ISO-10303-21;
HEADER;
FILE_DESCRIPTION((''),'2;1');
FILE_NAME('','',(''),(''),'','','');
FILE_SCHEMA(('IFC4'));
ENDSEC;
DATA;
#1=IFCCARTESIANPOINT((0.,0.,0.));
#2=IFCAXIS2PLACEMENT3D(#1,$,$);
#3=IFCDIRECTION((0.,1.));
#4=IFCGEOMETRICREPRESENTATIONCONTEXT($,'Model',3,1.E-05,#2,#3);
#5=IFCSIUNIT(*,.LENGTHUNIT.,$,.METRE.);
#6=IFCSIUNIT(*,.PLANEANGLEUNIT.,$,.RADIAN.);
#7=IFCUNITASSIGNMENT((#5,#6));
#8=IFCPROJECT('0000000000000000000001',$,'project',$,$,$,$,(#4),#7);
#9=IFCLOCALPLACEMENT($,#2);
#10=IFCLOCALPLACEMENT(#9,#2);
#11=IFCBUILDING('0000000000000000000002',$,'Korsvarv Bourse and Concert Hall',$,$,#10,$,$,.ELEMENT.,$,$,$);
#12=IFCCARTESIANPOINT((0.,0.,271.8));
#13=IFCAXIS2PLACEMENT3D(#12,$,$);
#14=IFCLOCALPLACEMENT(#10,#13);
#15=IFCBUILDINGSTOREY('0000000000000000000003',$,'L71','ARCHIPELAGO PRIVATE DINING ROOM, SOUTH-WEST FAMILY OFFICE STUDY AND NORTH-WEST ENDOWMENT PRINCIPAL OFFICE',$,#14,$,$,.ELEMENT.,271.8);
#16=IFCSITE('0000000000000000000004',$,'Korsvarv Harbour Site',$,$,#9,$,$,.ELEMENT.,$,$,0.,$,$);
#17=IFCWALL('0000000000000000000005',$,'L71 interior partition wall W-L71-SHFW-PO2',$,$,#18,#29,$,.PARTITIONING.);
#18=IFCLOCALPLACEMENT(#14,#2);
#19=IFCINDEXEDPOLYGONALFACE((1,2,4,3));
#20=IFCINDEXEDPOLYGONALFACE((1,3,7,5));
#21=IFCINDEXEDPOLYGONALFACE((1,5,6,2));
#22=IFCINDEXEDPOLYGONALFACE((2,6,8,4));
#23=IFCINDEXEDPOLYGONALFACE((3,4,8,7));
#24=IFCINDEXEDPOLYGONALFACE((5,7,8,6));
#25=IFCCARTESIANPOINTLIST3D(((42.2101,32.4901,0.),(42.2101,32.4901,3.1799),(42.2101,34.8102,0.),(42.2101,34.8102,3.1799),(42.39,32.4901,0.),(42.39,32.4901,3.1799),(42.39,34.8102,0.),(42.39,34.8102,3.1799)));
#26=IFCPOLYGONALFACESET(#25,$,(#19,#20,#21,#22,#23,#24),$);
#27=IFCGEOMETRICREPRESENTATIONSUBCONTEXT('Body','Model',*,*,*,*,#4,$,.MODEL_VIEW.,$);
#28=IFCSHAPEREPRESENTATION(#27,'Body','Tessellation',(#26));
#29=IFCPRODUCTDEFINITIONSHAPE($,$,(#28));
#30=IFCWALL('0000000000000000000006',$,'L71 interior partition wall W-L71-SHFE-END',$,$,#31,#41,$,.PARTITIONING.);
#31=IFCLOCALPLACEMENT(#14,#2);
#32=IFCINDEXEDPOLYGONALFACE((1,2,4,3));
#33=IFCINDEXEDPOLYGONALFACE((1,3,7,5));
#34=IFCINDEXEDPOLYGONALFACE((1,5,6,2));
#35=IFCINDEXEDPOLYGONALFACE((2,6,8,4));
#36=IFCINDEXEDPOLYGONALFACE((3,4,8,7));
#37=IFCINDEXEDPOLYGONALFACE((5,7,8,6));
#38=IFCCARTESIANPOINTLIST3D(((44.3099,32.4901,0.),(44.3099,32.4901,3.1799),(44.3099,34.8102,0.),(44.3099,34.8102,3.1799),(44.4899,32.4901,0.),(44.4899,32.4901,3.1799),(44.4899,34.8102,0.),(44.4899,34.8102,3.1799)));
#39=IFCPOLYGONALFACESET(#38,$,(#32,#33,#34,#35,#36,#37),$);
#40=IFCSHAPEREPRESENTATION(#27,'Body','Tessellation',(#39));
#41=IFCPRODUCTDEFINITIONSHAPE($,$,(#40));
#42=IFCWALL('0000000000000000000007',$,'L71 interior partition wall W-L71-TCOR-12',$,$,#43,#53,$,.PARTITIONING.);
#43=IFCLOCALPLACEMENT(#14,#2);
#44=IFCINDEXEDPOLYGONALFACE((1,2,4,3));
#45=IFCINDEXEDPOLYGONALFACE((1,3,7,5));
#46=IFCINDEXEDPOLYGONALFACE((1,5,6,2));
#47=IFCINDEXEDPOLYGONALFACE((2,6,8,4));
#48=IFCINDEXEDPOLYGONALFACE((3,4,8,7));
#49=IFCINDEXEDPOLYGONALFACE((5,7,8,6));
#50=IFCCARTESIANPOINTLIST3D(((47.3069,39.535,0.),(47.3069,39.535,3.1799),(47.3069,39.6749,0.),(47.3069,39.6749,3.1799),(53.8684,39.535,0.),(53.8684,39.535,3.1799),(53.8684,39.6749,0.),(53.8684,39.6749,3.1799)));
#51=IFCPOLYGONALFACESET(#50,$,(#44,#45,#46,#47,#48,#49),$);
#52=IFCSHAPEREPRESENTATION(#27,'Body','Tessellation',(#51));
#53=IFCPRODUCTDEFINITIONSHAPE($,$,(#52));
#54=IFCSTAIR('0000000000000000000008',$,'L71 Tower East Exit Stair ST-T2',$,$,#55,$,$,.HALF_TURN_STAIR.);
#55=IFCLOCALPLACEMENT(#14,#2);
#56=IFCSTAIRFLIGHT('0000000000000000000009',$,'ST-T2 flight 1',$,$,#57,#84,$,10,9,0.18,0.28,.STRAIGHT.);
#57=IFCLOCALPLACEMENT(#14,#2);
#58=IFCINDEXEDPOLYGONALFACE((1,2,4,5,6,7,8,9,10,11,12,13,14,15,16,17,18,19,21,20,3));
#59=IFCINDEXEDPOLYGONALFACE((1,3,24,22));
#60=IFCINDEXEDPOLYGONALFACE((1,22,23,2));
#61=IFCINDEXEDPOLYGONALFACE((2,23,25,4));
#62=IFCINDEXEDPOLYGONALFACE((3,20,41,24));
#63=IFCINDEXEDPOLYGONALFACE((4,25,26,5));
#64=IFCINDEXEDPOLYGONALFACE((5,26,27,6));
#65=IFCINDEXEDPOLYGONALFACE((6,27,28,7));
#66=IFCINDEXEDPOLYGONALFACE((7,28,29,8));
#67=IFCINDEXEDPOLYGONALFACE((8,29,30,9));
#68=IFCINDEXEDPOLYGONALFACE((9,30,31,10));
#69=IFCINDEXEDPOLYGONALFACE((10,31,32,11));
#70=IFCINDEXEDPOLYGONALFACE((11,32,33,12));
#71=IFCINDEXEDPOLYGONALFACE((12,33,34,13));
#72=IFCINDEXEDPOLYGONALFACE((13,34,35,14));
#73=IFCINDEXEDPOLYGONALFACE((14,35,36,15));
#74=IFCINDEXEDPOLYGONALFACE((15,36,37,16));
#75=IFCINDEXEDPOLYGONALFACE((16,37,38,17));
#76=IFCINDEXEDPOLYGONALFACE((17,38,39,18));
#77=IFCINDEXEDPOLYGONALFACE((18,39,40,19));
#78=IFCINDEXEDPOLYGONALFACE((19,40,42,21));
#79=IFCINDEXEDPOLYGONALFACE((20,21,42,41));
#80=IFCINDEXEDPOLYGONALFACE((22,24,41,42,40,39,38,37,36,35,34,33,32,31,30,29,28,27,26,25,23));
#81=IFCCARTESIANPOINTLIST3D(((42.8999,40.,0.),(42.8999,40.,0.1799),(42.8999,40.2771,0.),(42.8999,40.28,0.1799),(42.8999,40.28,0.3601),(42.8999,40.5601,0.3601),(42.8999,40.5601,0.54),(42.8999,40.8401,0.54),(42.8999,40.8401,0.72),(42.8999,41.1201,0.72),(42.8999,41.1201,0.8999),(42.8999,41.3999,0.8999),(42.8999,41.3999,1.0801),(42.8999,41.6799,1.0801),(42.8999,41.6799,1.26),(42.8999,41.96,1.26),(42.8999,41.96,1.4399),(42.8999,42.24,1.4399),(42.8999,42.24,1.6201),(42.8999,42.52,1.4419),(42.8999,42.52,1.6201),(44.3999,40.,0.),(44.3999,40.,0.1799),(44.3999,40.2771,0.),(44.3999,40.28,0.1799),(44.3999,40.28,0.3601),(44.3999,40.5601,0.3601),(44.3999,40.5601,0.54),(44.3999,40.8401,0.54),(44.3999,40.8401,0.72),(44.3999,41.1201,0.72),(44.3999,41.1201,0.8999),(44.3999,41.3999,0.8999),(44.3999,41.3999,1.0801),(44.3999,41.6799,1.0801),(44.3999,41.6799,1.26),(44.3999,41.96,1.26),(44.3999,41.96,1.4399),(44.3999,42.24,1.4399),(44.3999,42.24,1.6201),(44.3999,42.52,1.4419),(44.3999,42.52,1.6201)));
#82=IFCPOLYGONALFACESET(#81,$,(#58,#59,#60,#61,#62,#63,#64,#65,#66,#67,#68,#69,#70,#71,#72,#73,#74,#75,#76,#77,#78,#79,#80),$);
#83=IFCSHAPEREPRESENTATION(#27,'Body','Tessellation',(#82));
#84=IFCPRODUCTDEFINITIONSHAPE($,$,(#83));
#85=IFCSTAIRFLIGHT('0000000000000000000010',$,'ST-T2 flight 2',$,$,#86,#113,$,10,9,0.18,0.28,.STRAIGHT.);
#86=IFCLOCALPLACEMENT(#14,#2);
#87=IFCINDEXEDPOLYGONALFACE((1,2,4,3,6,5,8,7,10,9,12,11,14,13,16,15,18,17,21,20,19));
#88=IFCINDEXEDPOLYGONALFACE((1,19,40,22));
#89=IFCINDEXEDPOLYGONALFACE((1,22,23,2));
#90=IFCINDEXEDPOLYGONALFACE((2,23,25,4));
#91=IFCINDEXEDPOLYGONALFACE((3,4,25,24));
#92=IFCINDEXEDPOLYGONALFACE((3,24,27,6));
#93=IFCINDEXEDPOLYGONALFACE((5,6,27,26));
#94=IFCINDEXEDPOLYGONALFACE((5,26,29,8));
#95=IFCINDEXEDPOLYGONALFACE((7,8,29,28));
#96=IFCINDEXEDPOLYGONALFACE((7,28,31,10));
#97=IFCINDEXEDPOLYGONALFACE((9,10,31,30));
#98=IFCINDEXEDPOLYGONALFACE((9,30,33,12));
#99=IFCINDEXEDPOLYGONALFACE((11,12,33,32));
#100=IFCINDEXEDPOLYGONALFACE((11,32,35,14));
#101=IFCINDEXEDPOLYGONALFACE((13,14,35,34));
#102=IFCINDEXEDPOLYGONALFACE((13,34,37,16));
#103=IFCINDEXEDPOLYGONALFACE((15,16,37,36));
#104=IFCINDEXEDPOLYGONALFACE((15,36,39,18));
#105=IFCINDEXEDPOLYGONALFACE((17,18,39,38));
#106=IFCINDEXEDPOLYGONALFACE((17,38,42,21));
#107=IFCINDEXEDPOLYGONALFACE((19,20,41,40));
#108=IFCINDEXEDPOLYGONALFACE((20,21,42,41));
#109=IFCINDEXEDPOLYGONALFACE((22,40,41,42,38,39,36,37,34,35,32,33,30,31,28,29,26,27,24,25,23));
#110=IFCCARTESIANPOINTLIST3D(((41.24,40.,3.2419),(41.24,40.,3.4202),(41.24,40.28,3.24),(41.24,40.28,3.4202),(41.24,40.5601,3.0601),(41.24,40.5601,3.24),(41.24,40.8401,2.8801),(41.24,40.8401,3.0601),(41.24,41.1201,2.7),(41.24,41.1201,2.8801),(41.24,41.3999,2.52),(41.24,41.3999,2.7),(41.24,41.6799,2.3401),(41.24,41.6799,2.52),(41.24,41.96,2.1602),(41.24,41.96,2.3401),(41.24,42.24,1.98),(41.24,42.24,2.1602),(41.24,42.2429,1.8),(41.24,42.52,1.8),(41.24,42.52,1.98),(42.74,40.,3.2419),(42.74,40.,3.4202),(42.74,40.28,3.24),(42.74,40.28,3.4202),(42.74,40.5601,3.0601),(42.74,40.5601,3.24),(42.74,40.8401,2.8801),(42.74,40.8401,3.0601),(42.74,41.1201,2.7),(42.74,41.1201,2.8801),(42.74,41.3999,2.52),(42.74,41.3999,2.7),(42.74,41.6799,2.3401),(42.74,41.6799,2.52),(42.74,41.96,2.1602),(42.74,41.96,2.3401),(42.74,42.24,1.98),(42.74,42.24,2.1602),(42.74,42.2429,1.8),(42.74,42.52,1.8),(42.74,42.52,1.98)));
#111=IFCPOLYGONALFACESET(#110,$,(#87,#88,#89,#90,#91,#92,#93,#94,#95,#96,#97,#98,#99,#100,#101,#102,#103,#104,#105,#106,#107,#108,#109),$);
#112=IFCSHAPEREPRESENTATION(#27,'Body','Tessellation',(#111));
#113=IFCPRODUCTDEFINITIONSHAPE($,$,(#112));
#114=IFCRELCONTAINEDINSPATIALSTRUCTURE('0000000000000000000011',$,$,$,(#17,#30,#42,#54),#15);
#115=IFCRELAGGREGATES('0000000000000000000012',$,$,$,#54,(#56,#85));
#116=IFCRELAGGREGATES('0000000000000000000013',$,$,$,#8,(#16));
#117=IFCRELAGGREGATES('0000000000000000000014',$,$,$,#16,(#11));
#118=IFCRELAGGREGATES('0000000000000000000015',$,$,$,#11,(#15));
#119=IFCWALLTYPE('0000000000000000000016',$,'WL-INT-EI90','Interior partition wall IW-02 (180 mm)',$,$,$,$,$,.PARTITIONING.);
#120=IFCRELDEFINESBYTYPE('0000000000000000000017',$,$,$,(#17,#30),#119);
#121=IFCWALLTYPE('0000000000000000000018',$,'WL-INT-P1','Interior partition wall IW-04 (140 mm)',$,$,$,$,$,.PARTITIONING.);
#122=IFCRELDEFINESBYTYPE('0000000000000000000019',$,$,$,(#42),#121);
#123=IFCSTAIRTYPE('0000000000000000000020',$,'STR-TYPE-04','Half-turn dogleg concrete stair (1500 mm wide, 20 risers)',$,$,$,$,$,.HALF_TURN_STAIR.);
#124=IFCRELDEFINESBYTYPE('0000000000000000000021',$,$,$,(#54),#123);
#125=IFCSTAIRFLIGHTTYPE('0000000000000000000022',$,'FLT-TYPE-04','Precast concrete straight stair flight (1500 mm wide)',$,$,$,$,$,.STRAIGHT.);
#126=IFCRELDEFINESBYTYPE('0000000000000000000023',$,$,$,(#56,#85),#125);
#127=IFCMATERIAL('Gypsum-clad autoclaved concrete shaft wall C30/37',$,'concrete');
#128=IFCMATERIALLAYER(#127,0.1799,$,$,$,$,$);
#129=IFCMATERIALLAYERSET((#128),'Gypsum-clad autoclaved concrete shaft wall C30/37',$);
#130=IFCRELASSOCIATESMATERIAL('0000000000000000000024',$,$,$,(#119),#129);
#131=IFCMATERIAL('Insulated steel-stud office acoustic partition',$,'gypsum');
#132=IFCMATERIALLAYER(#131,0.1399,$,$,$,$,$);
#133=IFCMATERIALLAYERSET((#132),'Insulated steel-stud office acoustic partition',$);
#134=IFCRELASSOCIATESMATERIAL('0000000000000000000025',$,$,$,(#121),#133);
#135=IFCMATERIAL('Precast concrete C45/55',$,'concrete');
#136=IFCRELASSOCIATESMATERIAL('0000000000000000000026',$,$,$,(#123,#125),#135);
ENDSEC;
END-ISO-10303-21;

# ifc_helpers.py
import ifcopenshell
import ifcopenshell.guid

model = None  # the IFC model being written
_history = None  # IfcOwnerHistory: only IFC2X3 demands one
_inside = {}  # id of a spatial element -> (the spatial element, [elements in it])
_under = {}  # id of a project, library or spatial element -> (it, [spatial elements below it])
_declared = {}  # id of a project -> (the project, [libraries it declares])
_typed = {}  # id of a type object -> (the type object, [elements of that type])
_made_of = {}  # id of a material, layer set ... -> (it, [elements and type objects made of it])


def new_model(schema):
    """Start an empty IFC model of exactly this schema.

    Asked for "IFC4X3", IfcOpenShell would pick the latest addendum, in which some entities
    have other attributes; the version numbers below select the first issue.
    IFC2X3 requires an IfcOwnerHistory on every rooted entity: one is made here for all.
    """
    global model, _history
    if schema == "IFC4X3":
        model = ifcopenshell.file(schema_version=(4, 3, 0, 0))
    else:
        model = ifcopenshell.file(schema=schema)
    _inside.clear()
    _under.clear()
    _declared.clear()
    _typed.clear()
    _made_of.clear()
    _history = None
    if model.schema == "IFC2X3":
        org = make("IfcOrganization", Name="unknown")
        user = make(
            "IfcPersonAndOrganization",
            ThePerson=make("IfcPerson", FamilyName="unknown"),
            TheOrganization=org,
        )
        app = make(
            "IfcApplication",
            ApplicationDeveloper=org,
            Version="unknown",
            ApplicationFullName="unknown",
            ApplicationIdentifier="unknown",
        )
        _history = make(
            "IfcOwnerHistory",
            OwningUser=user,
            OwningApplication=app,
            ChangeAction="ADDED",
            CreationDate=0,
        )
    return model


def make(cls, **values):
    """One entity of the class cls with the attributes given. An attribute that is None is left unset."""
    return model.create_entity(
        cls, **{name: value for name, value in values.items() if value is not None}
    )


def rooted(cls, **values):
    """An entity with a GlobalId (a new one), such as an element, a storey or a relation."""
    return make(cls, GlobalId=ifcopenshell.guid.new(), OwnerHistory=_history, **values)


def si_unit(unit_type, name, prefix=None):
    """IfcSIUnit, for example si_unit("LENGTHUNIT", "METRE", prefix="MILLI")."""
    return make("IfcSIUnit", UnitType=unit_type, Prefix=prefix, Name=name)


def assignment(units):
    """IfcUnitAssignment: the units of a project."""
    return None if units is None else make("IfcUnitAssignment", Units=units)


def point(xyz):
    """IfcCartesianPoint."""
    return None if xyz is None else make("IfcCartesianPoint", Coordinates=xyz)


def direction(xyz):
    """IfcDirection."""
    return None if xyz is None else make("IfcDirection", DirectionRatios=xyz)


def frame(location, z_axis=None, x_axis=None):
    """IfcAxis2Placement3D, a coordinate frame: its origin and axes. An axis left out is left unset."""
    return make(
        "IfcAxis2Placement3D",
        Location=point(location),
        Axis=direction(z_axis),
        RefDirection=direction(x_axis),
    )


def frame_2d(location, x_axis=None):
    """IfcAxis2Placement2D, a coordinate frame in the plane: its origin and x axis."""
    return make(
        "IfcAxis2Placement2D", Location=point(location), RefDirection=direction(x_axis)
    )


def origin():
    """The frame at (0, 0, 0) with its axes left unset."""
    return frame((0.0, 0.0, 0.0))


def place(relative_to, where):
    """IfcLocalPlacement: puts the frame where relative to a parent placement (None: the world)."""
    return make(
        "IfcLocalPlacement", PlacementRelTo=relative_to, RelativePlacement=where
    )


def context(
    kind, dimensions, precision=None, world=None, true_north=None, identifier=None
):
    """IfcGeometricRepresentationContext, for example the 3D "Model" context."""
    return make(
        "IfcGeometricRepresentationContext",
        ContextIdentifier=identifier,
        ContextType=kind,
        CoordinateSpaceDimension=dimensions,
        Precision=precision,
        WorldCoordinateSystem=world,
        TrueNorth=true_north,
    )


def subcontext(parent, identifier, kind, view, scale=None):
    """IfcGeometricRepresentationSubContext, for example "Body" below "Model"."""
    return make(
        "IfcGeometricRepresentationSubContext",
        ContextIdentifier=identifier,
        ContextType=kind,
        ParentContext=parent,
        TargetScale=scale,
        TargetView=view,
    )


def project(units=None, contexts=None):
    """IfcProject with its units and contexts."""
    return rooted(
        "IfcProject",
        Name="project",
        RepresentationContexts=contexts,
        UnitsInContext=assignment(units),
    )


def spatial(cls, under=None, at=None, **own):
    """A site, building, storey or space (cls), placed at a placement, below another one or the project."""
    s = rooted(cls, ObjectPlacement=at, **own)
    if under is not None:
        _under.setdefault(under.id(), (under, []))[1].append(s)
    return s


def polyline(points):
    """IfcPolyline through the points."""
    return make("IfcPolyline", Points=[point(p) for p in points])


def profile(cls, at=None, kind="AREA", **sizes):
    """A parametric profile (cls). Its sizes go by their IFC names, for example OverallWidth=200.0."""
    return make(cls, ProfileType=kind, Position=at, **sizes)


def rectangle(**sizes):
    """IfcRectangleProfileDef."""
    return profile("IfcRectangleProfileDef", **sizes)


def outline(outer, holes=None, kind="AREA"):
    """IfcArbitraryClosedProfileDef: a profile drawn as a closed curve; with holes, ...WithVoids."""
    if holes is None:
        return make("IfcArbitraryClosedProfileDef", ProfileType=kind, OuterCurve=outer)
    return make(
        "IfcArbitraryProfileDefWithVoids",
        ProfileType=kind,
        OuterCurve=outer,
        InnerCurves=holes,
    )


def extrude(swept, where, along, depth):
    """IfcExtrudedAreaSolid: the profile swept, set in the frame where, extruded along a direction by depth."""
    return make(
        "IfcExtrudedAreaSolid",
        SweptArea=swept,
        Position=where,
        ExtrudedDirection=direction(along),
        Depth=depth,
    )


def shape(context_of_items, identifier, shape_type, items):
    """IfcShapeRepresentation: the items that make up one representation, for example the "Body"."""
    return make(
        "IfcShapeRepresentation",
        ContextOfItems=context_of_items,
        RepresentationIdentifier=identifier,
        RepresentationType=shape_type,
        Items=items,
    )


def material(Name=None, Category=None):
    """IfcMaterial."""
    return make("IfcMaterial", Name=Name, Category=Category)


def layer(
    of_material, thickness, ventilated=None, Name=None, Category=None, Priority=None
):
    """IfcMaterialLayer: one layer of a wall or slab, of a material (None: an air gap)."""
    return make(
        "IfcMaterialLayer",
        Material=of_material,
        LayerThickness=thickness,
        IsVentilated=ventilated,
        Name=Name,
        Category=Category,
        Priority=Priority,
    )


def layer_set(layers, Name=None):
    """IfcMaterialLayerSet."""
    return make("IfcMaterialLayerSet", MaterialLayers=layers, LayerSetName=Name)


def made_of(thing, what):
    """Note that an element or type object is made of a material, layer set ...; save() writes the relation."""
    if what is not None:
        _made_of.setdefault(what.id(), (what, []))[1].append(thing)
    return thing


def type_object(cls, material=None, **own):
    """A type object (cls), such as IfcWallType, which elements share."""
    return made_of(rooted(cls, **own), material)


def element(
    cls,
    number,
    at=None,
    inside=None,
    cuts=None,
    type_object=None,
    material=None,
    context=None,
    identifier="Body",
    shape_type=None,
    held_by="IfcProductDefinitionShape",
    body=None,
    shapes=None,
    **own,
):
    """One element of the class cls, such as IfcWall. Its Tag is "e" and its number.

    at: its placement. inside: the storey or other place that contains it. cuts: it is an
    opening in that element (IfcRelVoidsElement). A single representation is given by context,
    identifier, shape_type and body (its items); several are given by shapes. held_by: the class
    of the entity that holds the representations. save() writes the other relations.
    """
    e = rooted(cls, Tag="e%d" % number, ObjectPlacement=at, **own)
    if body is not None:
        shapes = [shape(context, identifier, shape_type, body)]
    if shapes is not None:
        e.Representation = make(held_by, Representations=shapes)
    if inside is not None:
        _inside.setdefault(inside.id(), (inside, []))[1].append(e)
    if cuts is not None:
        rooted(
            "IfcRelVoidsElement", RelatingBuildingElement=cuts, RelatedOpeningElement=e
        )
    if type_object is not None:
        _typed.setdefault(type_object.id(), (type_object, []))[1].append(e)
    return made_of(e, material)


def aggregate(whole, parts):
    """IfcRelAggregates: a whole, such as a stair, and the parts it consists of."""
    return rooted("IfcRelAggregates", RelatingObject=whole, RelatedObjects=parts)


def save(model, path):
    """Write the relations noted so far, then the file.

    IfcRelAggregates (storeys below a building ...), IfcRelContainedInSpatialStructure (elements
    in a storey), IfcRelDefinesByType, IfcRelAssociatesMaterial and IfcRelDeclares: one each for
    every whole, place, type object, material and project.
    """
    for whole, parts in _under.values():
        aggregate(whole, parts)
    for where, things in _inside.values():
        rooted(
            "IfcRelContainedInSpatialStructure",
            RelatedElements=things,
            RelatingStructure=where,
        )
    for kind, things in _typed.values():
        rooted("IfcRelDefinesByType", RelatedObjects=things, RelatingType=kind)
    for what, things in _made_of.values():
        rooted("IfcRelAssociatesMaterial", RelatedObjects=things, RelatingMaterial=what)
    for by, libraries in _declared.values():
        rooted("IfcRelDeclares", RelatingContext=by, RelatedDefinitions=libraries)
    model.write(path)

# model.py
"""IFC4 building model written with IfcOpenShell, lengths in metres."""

from ifc_helpers import new_model, si_unit, direction, frame, frame_2d, origin, place, context, subcontext, project, spatial, polyline, rectangle, outline, extrude, material, layer, layer_set, type_object, element, aggregate, save


model = new_model("IFC4")

# Units and contexts
model_context = context("Model", 3, precision=1e-05, world=origin(), true_north=direction((0.0, 1.0)))
body_context = subcontext(model_context, "Body", "Model", "MODEL_VIEW")
ifc_project = project(units=[si_unit("LENGTHUNIT", "METRE"), si_unit("PLANEANGLEUNIT", "RADIAN")], contexts=[model_context])

# Site, building, storey
site_placement = place(None, origin())
site = spatial("IfcSite", under=ifc_project, at=site_placement, Name="Korsvarv Harbour Site", CompositionType="ELEMENT", RefElevation=0.0)
building_placement = place(site_placement, origin())
building = spatial("IfcBuilding", under=site, at=building_placement, Name="Korsvarv Bourse and Concert Hall", CompositionType="ELEMENT")
storey_placement = place(building_placement, frame((0.0, 0.0, 271.8)))
storey = spatial("IfcBuildingStorey", under=building, at=storey_placement, Name="L71", Description="ARCHIPELAGO PRIVATE DINING ROOM, SOUTH-WEST FAMILY OFFICE STUDY AND NORTH-WEST ENDOWMENT PRINCIPAL OFFICE", CompositionType="ELEMENT", Elevation=271.8)

# Walls
ifc_material_1 = material(Name="Gypsum-clad autoclaved concrete shaft wall C30/37", Category="concrete")
ifc_layer_1 = layer(ifc_material_1, 0.1799)
ifc_layer_set_1 = layer_set([ifc_layer_1], Name="Gypsum-clad autoclaved concrete shaft wall C30/37")
wall_type_1 = type_object("IfcWallType", Name="WL-INT-EI90", Description="Interior partition wall IW-02 (180 mm)", PredefinedType="PARTITIONING", material=ifc_layer_set_1)
for number, where, z_axis, x_axis, name in (
    (1, (42.3, 32.49, 0.0), (0.0, 0.0, 1.0), (0.0, 1.0, 0.0), "L71 interior partition wall W-L71-SHFW-PO2"),
    (2, (44.3999, 32.49, 0.0), (0.0, 0.0, 1.0), (0.0, 1.0, 0.0), "L71 interior partition wall W-L71-SHFE-END"),
):
    element("IfcWall", number, at=place(storey_placement, frame(where, z_axis=z_axis, x_axis=x_axis)), inside=storey, type_object=wall_type_1, Name=name, PredefinedType="PARTITIONING", context=body_context, shape_type="SweptSolid", body=[
        extrude(rectangle(XDim=2.3201, YDim=0.1799, at=frame_2d((1.1602, 0.0))), origin(), (0.0, 0.0, 1.0), 3.1799),
    ])
ifc_material_2 = material(Name="Insulated steel-stud office acoustic partition", Category="gypsum")
ifc_layer_2 = layer(ifc_material_2, 0.1399)
ifc_layer_set_2 = layer_set([ifc_layer_2], Name="Insulated steel-stud office acoustic partition")
wall_type_2 = type_object("IfcWallType", Name="WL-INT-P1", Description="Interior partition wall IW-04 (140 mm)", PredefinedType="PARTITIONING", material=ifc_layer_set_2)
wall_1_placement = place(storey_placement, frame((47.3069, 39.605, 0.0), z_axis=(0.0, 0.0, 1.0), x_axis=(1.0, 0.0, 0.0)))
element("IfcWall", 3, at=wall_1_placement, inside=storey, type_object=wall_type_2, Name="L71 interior partition wall W-L71-TCOR-12", PredefinedType="PARTITIONING", context=body_context, shape_type="SweptSolid", body=[
    extrude(rectangle(XDim=6.5615, YDim=0.1399, at=frame_2d((3.2808, 0.0))), origin(), (0.0, 0.0, 1.0), 3.1799),
])

# Stair, stair flights
ifc_material_3 = material(Name="Precast concrete C45/55", Category="concrete")
stair_type = type_object("IfcStairType", Name="STR-TYPE-04", Description="Half-turn dogleg concrete stair (1500 mm wide, 20 risers)", PredefinedType="HALF_TURN_STAIR", material=ifc_material_3)
stair_placement = place(storey_placement, origin())
stair = element("IfcStair", 4, at=stair_placement, inside=storey, type_object=stair_type, Name="L71 Tower East Exit Stair ST-T2", PredefinedType="HALF_TURN_STAIR")
stair_flight_type = type_object("IfcStairFlightType", Name="FLT-TYPE-04", Description="Precast concrete straight stair flight (1500 mm wide)", PredefinedType="STRAIGHT", material=ifc_material_3)
stair_flight_1_placement = place(storey_placement, frame((43.6499, 40.0, 0.0), z_axis=(0.0, 0.0, 1.0), x_axis=(0.0, 1.0, 0.0)))
stair_flight_1 = element("IfcStairFlight", 5, at=stair_flight_1_placement, type_object=stair_flight_type, Name="ST-T2 flight 1", NumberOfRisers=10, NumberOfTreads=9, PredefinedType="STRAIGHT", RiserHeight=0.18, TreadLength=0.28, context=body_context, shape_type="SweptSolid", body=[
    extrude(outline(polyline([(0.0, 0.0), (0.0, 0.1799), (0.28, 0.1799), (0.28, 0.3601), (0.5601, 0.3601), (0.5601, 0.54), (0.8401, 0.54), (0.8401, 0.72), (1.1201, 0.72), (1.1201, 0.8999), (1.3999, 0.8999), (1.3999, 1.0801), (1.6799, 1.0801), (1.6799, 1.26), (1.96, 1.26), (1.96, 1.4399), (2.24, 1.4399), (2.24, 1.6201), (2.52, 1.6201), (2.52, 1.8), (2.52, 1.4419), (0.2771, 0.0), (0.0, 0.0)])), frame((0.0, 0.75, 0.0), z_axis=(0.0, -1.0, 0.0), x_axis=(1.0, 0.0, 0.0)), (0.0, 0.0, 1.0), 1.5),
])
stair_flight_2_placement = place(storey_placement, frame((41.99, 42.52, 1.8), z_axis=(0.0, 0.0, 1.0), x_axis=(0.0, -1.0, 0.0)))
stair_flight_2 = element("IfcStairFlight", 6, at=stair_flight_2_placement, type_object=stair_flight_type, Name="ST-T2 flight 2", NumberOfRisers=10, NumberOfTreads=9, PredefinedType="STRAIGHT", RiserHeight=0.18, TreadLength=0.28, context=body_context, shape_type="SweptSolid", body=[
    extrude(outline(polyline([(0.0, 0.0), (0.0, 0.1799), (0.28, 0.1799), (0.28, 0.3601), (0.5601, 0.3601), (0.5601, 0.54), (0.8401, 0.54), (0.8401, 0.72), (1.1201, 0.72), (1.1201, 0.8999), (1.3999, 0.8999), (1.3999, 1.0801), (1.6799, 1.0801), (1.6799, 1.26), (1.96, 1.26), (1.96, 1.4399), (2.24, 1.4399), (2.24, 1.6201), (2.52, 1.6201), (2.52, 1.8), (2.52, 1.4419), (0.2771, 0.0), (0.0, 0.0)])), frame((0.0, 0.75, 0.0), z_axis=(0.0, -1.0, 0.0), x_axis=(1.0, 0.0, 0.0)), (0.0, 0.0, 1.0), 1.5),
])
aggregate(stair, [stair_flight_1, stair_flight_2])

save(model, "model.ifc")
